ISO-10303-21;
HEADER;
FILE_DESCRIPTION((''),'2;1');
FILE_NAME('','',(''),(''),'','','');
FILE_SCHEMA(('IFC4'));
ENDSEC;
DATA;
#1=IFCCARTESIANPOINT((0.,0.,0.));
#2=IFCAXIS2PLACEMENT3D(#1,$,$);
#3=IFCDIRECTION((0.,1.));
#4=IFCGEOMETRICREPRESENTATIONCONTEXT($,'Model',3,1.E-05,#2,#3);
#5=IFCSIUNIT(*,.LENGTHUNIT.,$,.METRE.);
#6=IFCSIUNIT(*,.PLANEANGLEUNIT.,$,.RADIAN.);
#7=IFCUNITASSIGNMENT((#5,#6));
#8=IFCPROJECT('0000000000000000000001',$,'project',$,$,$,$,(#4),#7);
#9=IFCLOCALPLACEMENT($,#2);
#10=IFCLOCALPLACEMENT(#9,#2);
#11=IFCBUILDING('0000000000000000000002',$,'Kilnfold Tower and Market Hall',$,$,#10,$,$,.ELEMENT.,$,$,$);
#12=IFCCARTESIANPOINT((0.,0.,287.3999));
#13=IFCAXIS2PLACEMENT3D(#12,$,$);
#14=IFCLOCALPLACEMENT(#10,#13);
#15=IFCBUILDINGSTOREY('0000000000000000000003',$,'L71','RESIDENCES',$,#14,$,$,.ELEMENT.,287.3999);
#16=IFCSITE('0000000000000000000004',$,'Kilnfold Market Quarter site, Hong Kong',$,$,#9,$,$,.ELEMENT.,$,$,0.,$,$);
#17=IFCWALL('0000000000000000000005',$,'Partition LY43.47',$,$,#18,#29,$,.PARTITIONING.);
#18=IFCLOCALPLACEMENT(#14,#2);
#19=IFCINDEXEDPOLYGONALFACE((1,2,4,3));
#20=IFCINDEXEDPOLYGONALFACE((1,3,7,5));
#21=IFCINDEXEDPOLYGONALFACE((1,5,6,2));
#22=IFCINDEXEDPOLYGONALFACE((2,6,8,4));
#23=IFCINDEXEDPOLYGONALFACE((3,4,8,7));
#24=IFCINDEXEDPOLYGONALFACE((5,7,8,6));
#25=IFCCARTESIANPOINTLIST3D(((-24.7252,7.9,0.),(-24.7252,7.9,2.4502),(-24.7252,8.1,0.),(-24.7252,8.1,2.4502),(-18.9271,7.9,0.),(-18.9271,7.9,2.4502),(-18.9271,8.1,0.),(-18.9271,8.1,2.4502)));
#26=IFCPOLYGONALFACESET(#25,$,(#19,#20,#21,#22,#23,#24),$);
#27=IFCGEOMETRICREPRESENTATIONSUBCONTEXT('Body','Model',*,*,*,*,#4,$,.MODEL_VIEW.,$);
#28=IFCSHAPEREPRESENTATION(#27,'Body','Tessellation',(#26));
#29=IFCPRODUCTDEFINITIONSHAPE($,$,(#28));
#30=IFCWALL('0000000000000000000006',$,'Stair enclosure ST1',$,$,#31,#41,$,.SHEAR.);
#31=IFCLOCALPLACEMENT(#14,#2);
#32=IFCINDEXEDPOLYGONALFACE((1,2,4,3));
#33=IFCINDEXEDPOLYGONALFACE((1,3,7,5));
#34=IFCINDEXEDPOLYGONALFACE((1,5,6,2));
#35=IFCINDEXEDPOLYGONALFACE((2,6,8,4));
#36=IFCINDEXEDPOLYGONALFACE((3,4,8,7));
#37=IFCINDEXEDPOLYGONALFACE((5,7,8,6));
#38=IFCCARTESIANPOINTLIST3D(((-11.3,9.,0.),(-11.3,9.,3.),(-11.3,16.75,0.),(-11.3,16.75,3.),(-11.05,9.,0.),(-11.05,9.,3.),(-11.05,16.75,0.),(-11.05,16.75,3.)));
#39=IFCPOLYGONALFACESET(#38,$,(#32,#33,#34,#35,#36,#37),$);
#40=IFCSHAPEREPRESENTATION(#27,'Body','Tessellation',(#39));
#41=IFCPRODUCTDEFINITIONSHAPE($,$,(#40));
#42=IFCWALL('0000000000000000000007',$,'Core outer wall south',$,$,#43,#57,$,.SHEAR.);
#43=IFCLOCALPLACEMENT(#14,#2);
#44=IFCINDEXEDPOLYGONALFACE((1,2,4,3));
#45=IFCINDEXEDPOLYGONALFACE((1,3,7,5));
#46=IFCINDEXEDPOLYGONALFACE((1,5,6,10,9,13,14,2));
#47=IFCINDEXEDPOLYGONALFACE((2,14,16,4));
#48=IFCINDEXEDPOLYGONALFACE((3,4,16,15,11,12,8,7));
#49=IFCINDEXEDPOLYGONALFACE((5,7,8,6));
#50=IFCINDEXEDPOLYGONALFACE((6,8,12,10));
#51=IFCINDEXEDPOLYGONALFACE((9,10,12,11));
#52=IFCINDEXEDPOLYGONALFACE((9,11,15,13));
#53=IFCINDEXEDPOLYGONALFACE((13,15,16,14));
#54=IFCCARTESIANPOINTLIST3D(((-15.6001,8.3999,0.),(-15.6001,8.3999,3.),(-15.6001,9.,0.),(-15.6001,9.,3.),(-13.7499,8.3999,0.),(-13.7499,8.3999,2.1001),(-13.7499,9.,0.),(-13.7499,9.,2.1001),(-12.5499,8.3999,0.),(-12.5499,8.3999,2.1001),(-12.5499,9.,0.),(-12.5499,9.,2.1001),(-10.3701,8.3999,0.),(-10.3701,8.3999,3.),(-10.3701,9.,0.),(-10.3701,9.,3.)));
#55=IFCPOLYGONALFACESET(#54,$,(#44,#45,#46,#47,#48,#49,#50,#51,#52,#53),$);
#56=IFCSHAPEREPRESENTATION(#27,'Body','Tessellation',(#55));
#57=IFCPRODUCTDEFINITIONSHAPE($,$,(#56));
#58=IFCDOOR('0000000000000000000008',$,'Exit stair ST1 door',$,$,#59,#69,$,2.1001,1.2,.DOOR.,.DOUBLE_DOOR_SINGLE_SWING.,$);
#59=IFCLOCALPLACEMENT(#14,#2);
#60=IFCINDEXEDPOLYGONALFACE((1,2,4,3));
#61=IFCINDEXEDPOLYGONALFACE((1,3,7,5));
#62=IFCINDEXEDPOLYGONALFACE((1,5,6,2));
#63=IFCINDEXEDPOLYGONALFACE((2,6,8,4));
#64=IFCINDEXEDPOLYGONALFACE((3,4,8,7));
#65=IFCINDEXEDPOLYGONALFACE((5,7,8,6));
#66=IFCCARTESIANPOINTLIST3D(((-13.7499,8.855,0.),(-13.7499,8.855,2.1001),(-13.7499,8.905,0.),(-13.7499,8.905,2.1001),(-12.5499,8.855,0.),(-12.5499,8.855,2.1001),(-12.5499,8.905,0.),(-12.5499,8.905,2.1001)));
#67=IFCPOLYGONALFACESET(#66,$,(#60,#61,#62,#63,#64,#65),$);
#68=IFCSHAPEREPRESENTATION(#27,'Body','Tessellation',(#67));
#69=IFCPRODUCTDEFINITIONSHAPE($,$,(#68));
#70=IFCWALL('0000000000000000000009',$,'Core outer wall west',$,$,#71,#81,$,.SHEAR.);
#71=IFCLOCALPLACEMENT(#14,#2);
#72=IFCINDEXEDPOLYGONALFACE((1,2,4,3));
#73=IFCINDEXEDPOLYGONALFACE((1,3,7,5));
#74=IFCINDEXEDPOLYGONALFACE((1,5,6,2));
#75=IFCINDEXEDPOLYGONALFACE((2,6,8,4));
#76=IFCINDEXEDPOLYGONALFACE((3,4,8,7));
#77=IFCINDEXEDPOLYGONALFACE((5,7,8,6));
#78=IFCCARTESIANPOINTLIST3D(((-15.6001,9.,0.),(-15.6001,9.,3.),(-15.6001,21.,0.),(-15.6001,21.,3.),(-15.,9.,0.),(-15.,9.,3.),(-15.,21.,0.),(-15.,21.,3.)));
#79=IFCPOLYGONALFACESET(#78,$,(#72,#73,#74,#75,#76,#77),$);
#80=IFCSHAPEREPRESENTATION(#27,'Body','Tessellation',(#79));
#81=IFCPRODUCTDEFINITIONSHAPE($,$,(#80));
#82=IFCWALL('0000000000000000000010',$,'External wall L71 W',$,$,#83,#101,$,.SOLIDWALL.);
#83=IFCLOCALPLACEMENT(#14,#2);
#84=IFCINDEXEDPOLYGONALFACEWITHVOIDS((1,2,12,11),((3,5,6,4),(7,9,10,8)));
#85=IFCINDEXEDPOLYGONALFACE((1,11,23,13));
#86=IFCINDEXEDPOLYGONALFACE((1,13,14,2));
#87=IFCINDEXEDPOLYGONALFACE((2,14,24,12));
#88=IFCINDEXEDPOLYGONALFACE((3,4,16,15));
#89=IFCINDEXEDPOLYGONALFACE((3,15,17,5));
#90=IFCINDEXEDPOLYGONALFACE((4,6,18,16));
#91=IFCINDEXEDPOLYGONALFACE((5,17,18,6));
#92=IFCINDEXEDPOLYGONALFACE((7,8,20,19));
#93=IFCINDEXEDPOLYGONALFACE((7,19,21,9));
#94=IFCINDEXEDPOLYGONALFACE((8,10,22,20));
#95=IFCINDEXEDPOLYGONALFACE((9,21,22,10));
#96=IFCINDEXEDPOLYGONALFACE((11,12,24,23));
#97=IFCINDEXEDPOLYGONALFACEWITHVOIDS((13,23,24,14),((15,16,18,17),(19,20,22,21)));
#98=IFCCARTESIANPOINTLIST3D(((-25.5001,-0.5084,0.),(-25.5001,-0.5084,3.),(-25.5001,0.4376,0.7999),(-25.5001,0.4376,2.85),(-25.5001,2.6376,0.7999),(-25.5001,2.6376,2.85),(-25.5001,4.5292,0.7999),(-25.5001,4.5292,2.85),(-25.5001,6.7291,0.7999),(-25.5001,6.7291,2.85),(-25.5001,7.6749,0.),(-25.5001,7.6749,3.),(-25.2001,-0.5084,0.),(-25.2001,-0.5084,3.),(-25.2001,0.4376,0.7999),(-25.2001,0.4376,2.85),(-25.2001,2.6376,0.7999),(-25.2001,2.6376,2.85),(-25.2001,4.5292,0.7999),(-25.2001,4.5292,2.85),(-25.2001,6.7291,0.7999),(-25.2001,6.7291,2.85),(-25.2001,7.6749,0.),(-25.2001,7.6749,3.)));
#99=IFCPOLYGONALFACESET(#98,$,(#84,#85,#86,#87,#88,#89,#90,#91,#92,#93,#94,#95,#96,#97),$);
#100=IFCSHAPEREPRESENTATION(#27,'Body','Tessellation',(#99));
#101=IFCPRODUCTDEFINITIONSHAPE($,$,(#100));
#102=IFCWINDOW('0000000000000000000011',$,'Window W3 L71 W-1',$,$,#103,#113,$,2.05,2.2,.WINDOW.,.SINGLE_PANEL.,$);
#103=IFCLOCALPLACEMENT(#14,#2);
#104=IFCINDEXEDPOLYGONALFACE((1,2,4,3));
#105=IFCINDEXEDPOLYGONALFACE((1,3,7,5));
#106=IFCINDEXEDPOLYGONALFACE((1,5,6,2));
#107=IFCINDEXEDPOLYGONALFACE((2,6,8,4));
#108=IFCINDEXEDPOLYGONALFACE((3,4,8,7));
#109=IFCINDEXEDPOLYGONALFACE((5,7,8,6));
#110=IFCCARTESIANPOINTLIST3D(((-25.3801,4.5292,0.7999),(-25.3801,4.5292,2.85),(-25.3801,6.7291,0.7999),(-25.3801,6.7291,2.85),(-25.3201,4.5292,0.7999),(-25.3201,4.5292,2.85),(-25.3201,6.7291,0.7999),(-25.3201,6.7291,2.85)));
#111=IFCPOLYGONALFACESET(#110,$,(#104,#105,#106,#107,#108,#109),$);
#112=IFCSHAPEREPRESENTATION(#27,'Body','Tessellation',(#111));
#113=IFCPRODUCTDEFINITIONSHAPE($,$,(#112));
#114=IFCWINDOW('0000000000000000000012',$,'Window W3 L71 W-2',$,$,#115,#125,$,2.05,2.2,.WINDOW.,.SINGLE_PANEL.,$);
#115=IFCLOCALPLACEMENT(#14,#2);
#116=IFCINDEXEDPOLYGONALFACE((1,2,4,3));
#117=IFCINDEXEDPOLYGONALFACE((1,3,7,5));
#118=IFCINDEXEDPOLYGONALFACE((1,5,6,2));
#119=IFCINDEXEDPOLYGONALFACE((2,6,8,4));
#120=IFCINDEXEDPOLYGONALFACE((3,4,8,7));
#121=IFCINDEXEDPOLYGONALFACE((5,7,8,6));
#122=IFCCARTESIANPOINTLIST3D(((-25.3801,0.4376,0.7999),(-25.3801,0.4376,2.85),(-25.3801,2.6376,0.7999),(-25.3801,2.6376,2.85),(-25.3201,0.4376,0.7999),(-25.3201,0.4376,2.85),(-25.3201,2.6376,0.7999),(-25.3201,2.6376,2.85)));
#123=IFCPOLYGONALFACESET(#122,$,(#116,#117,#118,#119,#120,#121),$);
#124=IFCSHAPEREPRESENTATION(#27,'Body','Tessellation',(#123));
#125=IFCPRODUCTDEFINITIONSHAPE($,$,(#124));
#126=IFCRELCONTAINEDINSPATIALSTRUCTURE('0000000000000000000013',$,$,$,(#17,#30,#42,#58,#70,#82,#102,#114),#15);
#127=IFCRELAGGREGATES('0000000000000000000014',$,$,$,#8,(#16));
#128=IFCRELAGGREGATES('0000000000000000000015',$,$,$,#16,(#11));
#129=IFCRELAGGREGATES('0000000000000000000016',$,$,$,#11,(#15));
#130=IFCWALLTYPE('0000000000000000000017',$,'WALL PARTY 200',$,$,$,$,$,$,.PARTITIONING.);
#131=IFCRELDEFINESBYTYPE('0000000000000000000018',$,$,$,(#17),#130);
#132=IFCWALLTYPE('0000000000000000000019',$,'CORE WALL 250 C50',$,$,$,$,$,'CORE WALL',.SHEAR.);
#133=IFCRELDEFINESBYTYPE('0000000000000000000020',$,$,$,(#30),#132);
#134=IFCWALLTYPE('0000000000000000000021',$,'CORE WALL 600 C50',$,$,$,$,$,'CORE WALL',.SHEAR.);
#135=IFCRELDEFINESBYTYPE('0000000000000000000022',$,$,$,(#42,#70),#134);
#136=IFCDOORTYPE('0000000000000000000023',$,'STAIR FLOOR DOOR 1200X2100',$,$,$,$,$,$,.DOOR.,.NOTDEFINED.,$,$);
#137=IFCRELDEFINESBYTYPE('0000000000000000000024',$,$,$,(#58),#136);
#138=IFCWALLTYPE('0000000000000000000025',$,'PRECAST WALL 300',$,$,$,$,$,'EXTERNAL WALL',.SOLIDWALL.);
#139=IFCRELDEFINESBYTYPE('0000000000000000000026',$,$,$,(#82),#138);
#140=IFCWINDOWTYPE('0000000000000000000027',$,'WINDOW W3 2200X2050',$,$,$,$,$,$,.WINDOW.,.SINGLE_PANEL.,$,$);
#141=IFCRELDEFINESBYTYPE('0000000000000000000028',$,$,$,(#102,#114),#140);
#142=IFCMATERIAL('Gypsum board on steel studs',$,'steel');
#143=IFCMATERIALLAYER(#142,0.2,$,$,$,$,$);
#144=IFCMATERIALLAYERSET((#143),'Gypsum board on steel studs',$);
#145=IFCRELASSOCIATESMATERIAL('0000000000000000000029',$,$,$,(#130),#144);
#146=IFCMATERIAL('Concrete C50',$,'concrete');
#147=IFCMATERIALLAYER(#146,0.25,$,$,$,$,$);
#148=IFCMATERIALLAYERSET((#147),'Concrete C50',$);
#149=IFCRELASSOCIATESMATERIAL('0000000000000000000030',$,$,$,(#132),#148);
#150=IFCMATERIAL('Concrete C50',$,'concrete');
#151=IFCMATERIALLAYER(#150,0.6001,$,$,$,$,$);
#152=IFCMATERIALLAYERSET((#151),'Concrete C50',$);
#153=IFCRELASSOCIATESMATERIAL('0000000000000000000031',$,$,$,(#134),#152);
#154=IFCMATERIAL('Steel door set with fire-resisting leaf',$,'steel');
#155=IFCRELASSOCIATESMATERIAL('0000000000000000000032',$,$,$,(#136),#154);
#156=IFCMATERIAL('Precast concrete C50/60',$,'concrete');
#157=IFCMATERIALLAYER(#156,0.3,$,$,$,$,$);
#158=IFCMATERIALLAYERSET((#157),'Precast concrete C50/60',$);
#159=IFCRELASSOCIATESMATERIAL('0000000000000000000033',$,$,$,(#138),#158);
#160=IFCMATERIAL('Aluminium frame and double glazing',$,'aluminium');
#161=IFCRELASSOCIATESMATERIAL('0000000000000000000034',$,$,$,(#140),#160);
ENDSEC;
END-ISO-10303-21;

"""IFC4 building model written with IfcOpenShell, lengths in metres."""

from ifc_helpers import new_model, si_unit, direction, frame, frame_2d, origin, place, context, subcontext, project, spatial, rectangle, extrude, source, transform, mapped, material, layer, layer_set, type_object, element, fill, save


model = new_model("IFC4")

# Units and contexts
model_context = context("Model", 3, precision=1e-05, world=origin(), true_north=direction((0.0, 1.0)))
body_context = subcontext(model_context, "Body", "Model", "MODEL_VIEW")
ifc_project = project(units=[si_unit("LENGTHUNIT", "METRE"), si_unit("PLANEANGLEUNIT", "RADIAN")], contexts=[model_context])

# Site, building, storey
site_placement = place(None, origin())
site = spatial("IfcSite", under=ifc_project, at=site_placement, Name="Kilnfold Market Quarter site, Hong Kong", CompositionType="ELEMENT", RefElevation=0.0)
building_placement = place(site_placement, origin())
building = spatial("IfcBuilding", under=site, at=building_placement, Name="Kilnfold Tower and Market Hall", CompositionType="ELEMENT")
storey_placement = place(building_placement, frame((0.0, 0.0, 287.3999)))
storey = spatial("IfcBuildingStorey", under=building, at=storey_placement, Name="L71", Description="RESIDENCES", CompositionType="ELEMENT", Elevation=287.3999)

# Walls
ifc_material_1 = material(Name="Gypsum board on steel studs", Category="steel")
ifc_layer_1 = layer(ifc_material_1, 0.2)
ifc_layer_set_1 = layer_set([ifc_layer_1], Name="Gypsum board on steel studs")
wall_type_1 = type_object("IfcWallType", Name="WALL PARTY 200", PredefinedType="PARTITIONING", material=ifc_layer_set_1)
wall_1_placement = place(storey_placement, frame((-24.7251, 8.0, 0.0), z_axis=(0.0, 0.0, 1.0), x_axis=(1.0, 0.0, 0.0)))
element("IfcWall", 1, at=wall_1_placement, inside=storey, type_object=wall_type_1, Name="Partition LY43.47", PredefinedType="PARTITIONING", context=body_context, shape_type="SweptSolid", body=[
    extrude(rectangle(XDim=5.7981, YDim=0.2, at=frame_2d((2.8989, 0.0))), origin(), (0.0, 0.0, 1.0), 2.4502),
])
ifc_material_2 = material(Name="Concrete C50", Category="concrete")
ifc_layer_2 = layer(ifc_material_2, 0.25)
ifc_layer_set_2 = layer_set([ifc_layer_2], Name="Concrete C50")
wall_type_2 = type_object("IfcWallType", Name="CORE WALL 250 C50", ElementType="CORE WALL", PredefinedType="SHEAR", material=ifc_layer_set_2)
shared_shape_1 = source(origin(), body_context, "Body", "SweptSolid", [
    extrude(rectangle(XDim=7.75, YDim=0.25, at=frame_2d((3.875, 0.0))), origin(), (0.0, 0.0, 1.0), 3.0),
])
wall_2_placement = place(storey_placement, frame((-11.175, 9.0, 0.0), z_axis=(0.0, 0.0, 1.0), x_axis=(0.0, 1.0, 0.0)))
element("IfcWall", 2, at=wall_2_placement, inside=storey, type_object=wall_type_2, Name="Stair enclosure ST1", PredefinedType="SHEAR", context=body_context, shape_type="MappedRepresentation", body=[
    mapped(shared_shape_1, transform((0.0, 0.0, 0.0))),
])

# Wall, opening, door
ifc_material_3 = material(Name="Concrete C50", Category="concrete")
ifc_layer_3 = layer(ifc_material_3, 0.6001)
ifc_layer_set_3 = layer_set([ifc_layer_3], Name="Concrete C50")
wall_type_3 = type_object("IfcWallType", Name="CORE WALL 600 C50", ElementType="CORE WALL", PredefinedType="SHEAR", material=ifc_layer_set_3)
shared_shape_2 = source(origin(), body_context, "Body", "SweptSolid", [
    extrude(rectangle(XDim=5.23, YDim=0.6001, at=frame_2d((2.615, 0.0))), origin(), (0.0, 0.0, 1.0), 3.0),
])
wall_3_placement = place(storey_placement, frame((-15.6001, 8.7, 0.0), z_axis=(0.0, 0.0, 1.0), x_axis=(1.0, 0.0, 0.0)))
wall_3 = element("IfcWall", 3, at=wall_3_placement, inside=storey, type_object=wall_type_3, Name="Core outer wall south", PredefinedType="SHEAR", context=body_context, shape_type="MappedRepresentation", body=[
    mapped(shared_shape_2, transform((0.0, 0.0, 0.0))),
])
opening_1_placement = place(wall_3_placement, frame((1.8501, 0.0, 0.0)))
opening_1 = element("IfcOpeningElement", 4, at=opening_1_placement, cuts=wall_3, PredefinedType="OPENING", context=body_context, shape_type="SweptSolid", body=[
    extrude(rectangle(XDim=1.2, YDim=2.1001, at=frame_2d((0.6001, 1.05))), frame((0.0, 0.3101, 0.0), z_axis=(0.0, -1.0, 0.0), x_axis=(1.0, 0.0, 0.0)), (0.0, 0.0, 1.0), 0.6201),
])
ifc_material_4 = material(Name="Steel door set with fire-resisting leaf", Category="steel")
door_type_1 = type_object("IfcDoorType", Name="STAIR FLOOR DOOR 1200X2100", OperationType="NOTDEFINED", PredefinedType="DOOR", material=ifc_material_4)
door_1_placement = place(opening_1_placement, origin())
door_1 = element("IfcDoor", 5, at=door_1_placement, inside=storey, type_object=door_type_1, Name="Exit stair ST1 door", OperationType="DOUBLE_DOOR_SINGLE_SWING", OverallHeight=2.1001, OverallWidth=1.2, PredefinedType="DOOR", context=body_context, shape_type="SweptSolid", body=[
    extrude(rectangle(XDim=1.2, YDim=2.1001, at=frame_2d((0.6001, 1.05))), frame((0.0, 0.2051, 0.0), z_axis=(0.0, -1.0, 0.0), x_axis=(1.0, 0.0, 0.0)), (0.0, 0.0, 1.0), 0.05),
])
fill(opening_1, door_1)

# Wall
shared_shape_3 = source(origin(), body_context, "Body", "SweptSolid", [
    extrude(rectangle(XDim=12.0, YDim=0.6001, at=frame_2d((6.0, 0.0))), origin(), (0.0, 0.0, 1.0), 3.0),
])
wall_4_placement = place(storey_placement, frame((-15.3, 9.0, 0.0), z_axis=(0.0, 0.0, 1.0), x_axis=(0.0, 1.0, 0.0)))
element("IfcWall", 6, at=wall_4_placement, inside=storey, type_object=wall_type_3, Name="Core outer wall west", PredefinedType="SHEAR", context=body_context, shape_type="MappedRepresentation", body=[
    mapped(shared_shape_3, transform((0.0, 0.0, 0.0))),
])

# Wall, openings, windows
ifc_material_5 = material(Name="Precast concrete C50/60", Category="concrete")
ifc_layer_4 = layer(ifc_material_5, 0.3)
ifc_layer_set_4 = layer_set([ifc_layer_4], Name="Precast concrete C50/60")
wall_type_4 = type_object("IfcWallType", Name="PRECAST WALL 300", ElementType="EXTERNAL WALL", PredefinedType="SOLIDWALL", material=ifc_layer_set_4)
shared_shape_4 = source(origin(), body_context, "Body", "SweptSolid", [
    extrude(rectangle(XDim=8.1833, YDim=0.3, at=frame_2d((4.0918, 0.0))), origin(), (0.0, 0.0, 1.0), 3.0),
])
wall_5_placement = place(storey_placement, frame((-25.3501, 7.675, 0.0), z_axis=(0.0, 0.0, 1.0), x_axis=(0.0, -1.0, 0.0)))
wall_5 = element("IfcWall", 7, at=wall_5_placement, inside=storey, type_object=wall_type_4, Name="External wall L71 W", PredefinedType="SOLIDWALL", context=body_context, shape_type="MappedRepresentation", body=[
    mapped(shared_shape_4, transform((0.0, 0.0, 0.0))),
])
opening_2_placement = place(wall_5_placement, frame((0.9458, 0.0, 0.8)))
opening_2 = element("IfcOpeningElement", 8, at=opening_2_placement, cuts=wall_5, PredefinedType="OPENING", context=body_context, shape_type="SweptSolid", body=[
    extrude(rectangle(XDim=2.2, YDim=2.05, at=frame_2d((1.1001, 1.0249))), frame((0.0, 0.1602, 0.0), z_axis=(0.0, -1.0, 0.0), x_axis=(1.0, 0.0, 0.0)), (0.0, 0.0, 1.0), 0.3201),
])
opening_3_placement = place(wall_5_placement, frame((5.0374, 0.0, 0.8)))
opening_3 = element("IfcOpeningElement", 9, at=opening_3_placement, cuts=wall_5, PredefinedType="OPENING", context=body_context, shape_type="SweptSolid", body=[
    extrude(rectangle(XDim=2.2, YDim=2.05, at=frame_2d((1.1001, 1.0249))), frame((0.0, 0.1602, 0.0), z_axis=(0.0, -1.0, 0.0), x_axis=(1.0, 0.0, 0.0)), (0.0, 0.0, 1.0), 0.3201),
])
ifc_material_6 = material(Name="Aluminium frame and double glazing", Category="aluminium")
window_type = type_object("IfcWindowType", Name="WINDOW W3 2200X2050", PartitioningType="SINGLE_PANEL", PredefinedType="WINDOW", material=ifc_material_6)
window_1_placement = place(opening_2_placement, origin())
window_1 = element("IfcWindow", 10, at=window_1_placement, inside=storey, type_object=window_type, Name="Window W3 L71 W-1", OverallHeight=2.05, OverallWidth=2.2, PartitioningType="SINGLE_PANEL", PredefinedType="WINDOW", context=body_context, shape_type="SweptSolid", body=[
    extrude(rectangle(XDim=2.2, YDim=2.05, at=frame_2d((1.1001, 1.0249))), frame((0.0, 0.03, 0.0), z_axis=(0.0, -1.0, 0.0), x_axis=(1.0, 0.0, 0.0)), (0.0, 0.0, 1.0), 0.0601),
])
fill(opening_2, window_1)
window_2_placement = place(opening_3_placement, origin())
window_2 = element("IfcWindow", 11, at=window_2_placement, inside=storey, type_object=window_type, Name="Window W3 L71 W-2", OverallHeight=2.05, OverallWidth=2.2, PartitioningType="SINGLE_PANEL", PredefinedType="WINDOW", context=body_context, shape_type="SweptSolid", body=[
    extrude(rectangle(XDim=2.2, YDim=2.05, at=frame_2d((1.1001, 1.0249))), frame((0.0, 0.03, 0.0), z_axis=(0.0, -1.0, 0.0), x_axis=(1.0, 0.0, 0.0)), (0.0, 0.0, 1.0), 0.0601),
])
fill(opening_3, window_2)

save(model, "model.ifc")
